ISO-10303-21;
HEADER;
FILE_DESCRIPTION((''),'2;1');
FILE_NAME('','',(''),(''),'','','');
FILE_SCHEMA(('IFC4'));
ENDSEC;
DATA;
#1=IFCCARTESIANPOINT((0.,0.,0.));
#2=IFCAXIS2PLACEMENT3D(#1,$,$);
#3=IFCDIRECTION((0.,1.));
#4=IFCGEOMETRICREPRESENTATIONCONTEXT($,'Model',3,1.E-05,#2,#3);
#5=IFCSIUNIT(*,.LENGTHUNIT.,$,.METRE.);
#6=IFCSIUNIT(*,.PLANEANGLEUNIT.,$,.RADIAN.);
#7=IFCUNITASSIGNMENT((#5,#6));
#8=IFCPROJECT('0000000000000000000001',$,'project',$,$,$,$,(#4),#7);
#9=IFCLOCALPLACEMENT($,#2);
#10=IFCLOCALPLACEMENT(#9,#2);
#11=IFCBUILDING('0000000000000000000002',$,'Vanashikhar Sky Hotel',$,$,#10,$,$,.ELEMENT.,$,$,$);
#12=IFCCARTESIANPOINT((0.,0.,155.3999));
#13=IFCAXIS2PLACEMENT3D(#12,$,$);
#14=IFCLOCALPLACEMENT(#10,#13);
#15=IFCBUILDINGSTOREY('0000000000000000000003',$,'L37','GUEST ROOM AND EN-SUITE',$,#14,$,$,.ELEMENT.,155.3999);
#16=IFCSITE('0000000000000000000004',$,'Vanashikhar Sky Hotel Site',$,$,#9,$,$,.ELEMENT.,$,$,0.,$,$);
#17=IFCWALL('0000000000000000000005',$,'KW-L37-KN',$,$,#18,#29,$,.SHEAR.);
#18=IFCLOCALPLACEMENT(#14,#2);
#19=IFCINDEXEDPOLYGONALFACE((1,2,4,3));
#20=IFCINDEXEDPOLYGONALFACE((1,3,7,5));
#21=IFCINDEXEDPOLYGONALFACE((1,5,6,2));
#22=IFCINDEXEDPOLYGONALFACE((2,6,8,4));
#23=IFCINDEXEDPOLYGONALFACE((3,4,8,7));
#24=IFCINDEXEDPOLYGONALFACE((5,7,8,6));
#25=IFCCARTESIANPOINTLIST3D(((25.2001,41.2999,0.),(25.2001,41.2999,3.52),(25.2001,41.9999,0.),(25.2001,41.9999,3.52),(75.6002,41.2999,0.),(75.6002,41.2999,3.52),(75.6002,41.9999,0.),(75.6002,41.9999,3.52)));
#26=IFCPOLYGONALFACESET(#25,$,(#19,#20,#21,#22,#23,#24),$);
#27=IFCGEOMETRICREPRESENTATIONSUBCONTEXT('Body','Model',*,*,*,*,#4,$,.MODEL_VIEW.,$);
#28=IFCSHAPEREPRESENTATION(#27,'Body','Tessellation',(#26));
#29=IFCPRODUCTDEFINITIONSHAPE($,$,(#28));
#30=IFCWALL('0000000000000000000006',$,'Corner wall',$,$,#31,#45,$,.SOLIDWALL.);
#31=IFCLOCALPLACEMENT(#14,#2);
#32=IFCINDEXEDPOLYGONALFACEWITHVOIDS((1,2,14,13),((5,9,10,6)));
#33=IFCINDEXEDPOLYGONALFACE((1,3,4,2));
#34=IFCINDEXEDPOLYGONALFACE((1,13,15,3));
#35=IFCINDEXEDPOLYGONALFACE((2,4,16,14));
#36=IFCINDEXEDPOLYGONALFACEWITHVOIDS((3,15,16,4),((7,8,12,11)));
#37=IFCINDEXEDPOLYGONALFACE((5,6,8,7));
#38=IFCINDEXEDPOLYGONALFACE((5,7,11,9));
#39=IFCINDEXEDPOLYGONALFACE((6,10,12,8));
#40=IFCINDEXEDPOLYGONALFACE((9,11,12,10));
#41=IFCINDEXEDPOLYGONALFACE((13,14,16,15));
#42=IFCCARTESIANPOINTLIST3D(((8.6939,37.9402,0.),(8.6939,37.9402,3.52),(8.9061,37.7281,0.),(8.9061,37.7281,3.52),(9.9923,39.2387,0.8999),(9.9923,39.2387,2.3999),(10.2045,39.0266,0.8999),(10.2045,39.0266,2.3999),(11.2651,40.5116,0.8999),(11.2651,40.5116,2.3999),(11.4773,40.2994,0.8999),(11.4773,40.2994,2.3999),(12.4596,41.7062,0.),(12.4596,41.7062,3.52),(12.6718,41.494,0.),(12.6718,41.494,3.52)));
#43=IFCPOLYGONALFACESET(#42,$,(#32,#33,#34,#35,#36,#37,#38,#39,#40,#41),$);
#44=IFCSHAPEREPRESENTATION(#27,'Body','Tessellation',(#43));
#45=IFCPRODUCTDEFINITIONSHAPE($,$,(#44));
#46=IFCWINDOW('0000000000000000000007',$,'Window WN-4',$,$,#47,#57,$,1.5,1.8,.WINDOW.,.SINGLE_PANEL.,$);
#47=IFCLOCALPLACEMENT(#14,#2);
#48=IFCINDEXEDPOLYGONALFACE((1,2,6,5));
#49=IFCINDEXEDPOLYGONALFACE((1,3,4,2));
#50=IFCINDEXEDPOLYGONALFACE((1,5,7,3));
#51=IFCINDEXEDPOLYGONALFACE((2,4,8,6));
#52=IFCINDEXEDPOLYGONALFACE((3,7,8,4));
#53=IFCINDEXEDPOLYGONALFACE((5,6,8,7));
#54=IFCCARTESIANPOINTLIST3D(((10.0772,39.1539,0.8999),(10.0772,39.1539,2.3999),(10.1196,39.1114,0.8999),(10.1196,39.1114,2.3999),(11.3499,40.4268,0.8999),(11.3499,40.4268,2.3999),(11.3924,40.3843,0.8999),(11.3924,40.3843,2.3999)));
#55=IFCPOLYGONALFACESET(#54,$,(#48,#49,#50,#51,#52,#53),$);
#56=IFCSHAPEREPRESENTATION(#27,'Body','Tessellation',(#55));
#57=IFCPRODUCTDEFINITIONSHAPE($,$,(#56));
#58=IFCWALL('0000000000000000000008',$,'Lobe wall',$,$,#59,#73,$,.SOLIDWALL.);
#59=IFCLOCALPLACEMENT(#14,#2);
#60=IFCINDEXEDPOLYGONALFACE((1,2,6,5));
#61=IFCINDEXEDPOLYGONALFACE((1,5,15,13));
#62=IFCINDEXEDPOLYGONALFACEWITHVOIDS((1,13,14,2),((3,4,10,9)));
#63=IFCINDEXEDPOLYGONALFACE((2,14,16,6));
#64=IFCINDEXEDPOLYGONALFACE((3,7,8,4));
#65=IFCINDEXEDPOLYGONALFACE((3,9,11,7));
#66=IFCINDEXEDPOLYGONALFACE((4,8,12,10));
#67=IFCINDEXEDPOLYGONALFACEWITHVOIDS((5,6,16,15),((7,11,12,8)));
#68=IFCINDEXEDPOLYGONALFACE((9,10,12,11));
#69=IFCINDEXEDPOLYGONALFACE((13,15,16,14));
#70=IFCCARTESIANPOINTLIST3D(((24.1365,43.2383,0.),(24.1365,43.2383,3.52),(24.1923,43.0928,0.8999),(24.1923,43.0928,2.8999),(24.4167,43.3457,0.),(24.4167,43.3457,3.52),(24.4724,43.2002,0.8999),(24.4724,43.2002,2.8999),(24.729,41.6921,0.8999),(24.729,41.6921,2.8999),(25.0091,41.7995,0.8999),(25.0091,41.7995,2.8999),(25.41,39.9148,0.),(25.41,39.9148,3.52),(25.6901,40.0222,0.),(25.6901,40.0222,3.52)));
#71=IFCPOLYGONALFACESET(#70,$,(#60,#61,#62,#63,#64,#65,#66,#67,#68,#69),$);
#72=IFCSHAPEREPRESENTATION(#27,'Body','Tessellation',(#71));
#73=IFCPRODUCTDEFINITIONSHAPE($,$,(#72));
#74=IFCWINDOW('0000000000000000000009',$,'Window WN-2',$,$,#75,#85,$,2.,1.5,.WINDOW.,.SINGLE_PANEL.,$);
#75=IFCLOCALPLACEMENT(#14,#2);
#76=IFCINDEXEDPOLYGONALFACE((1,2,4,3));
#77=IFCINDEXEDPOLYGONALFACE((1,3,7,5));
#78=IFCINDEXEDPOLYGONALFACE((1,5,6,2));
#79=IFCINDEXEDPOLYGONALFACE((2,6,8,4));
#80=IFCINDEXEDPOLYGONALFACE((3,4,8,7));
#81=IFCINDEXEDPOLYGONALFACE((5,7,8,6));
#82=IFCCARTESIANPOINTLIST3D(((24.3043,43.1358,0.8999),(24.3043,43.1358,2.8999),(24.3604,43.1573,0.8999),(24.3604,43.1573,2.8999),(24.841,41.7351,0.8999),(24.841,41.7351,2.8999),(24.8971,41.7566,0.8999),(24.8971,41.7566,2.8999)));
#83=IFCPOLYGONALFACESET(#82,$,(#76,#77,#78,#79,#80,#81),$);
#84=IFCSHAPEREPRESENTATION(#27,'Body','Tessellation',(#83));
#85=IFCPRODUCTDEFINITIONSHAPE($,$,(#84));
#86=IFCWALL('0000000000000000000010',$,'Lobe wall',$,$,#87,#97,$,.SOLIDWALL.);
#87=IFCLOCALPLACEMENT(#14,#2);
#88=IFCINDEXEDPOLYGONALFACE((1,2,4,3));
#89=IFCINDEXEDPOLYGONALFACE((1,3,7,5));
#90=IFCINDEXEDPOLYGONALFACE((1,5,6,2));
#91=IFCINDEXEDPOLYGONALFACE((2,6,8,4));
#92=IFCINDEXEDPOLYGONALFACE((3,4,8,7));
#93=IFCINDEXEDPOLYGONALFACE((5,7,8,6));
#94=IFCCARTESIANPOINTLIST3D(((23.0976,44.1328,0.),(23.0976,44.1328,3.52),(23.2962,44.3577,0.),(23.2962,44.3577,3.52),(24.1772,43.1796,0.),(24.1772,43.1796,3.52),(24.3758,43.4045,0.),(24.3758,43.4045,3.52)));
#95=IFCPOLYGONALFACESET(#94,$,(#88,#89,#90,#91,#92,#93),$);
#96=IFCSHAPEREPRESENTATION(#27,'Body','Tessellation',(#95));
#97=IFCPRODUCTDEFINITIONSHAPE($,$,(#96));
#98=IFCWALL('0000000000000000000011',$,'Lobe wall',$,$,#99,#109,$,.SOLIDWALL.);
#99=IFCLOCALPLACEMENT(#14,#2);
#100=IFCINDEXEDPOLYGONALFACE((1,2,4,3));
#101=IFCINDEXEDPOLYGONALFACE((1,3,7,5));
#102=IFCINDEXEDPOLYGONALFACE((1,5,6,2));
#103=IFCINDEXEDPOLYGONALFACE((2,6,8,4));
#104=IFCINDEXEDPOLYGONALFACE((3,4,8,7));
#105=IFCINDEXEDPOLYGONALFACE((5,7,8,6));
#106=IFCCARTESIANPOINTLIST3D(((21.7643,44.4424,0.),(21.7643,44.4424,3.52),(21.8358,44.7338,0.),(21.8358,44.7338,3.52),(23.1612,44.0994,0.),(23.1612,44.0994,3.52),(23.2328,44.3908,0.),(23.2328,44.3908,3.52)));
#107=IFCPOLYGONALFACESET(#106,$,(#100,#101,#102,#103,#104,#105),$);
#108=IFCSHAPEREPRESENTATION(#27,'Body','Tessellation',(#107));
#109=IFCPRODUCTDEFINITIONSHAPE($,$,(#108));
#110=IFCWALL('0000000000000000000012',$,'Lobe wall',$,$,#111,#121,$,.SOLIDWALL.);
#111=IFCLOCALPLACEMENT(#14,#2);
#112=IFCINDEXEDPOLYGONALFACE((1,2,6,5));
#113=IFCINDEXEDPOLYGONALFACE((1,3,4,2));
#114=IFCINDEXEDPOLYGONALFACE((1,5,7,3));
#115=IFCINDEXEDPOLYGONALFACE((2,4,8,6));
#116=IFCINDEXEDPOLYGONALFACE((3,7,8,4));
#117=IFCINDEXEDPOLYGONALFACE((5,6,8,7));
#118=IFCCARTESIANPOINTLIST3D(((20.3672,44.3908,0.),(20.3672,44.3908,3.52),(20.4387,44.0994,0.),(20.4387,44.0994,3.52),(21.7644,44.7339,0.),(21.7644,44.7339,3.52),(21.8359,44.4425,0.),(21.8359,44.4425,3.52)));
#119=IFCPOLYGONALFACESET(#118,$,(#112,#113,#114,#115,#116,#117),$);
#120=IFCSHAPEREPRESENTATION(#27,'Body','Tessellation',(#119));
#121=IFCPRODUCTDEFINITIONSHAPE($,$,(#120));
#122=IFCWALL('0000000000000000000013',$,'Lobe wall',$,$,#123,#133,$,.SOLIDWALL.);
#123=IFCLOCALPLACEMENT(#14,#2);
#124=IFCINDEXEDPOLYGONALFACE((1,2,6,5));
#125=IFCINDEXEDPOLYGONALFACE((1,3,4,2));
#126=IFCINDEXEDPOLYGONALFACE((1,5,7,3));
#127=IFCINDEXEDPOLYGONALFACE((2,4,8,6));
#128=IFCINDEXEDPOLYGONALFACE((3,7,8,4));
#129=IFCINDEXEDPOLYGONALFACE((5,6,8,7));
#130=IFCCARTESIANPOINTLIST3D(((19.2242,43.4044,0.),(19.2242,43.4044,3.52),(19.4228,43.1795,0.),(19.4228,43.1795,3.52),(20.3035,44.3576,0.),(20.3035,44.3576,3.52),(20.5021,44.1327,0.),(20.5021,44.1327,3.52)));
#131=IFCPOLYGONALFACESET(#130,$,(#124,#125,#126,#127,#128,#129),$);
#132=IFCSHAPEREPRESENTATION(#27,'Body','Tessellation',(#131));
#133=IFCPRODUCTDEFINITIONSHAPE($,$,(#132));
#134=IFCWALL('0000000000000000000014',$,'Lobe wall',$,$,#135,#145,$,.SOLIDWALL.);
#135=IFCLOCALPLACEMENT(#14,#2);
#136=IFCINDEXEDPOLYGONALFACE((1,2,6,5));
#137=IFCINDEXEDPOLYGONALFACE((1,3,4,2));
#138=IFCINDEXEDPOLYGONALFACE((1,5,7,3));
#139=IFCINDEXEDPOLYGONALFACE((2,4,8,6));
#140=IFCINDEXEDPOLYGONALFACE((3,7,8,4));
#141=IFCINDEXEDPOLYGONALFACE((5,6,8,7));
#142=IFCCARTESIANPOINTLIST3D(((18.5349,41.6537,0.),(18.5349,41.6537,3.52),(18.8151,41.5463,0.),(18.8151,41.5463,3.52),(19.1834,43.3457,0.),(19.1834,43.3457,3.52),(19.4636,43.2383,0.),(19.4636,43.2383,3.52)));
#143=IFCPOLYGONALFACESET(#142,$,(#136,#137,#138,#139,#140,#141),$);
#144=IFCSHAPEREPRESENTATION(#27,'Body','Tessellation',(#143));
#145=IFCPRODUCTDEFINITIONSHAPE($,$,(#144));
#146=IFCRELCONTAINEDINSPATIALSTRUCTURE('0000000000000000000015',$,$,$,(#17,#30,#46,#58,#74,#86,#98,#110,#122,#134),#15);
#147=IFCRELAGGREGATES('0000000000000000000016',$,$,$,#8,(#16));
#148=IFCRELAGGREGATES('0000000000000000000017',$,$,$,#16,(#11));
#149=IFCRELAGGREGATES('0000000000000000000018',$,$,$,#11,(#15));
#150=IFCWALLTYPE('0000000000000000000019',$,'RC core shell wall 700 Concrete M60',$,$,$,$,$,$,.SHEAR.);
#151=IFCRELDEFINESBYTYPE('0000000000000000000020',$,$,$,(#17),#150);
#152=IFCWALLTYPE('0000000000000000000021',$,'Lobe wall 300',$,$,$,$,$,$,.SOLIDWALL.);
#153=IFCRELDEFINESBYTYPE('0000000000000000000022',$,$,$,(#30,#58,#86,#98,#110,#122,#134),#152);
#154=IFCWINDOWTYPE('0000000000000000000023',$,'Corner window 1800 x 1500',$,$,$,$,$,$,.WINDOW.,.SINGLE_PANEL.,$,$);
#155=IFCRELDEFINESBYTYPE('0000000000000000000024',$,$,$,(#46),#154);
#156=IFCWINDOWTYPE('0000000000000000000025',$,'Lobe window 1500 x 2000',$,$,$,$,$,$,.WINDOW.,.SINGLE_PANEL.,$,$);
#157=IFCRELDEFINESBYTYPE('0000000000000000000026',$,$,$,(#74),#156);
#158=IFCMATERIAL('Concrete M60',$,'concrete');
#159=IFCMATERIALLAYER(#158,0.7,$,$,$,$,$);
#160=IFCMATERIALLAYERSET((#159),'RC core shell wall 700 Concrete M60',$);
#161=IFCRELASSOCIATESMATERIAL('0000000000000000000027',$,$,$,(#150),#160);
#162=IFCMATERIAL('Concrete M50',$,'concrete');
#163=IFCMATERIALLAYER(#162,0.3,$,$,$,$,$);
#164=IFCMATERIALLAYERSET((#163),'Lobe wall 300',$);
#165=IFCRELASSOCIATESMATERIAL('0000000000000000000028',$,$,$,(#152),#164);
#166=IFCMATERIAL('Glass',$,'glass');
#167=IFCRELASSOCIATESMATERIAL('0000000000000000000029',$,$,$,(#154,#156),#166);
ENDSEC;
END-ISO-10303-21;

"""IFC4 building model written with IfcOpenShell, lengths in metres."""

from ifc_helpers import new_model, si_unit, direction, frame, frame_2d, origin, place, context, subcontext, project, spatial, rectangle, extrude, source, transform, mapped, material, layer, layer_set, type_object, element, fill, save


model = new_model("IFC4")

# Units and contexts
model_context = context("Model", 3, precision=1e-05, world=origin(), true_north=direction((0.0, 1.0)))
body_context = subcontext(model_context, "Body", "Model", "MODEL_VIEW")
ifc_project = project(units=[si_unit("LENGTHUNIT", "METRE"), si_unit("PLANEANGLEUNIT", "RADIAN")], contexts=[model_context])

# Site, building, storey
site_placement = place(None, origin())
site = spatial("IfcSite", under=ifc_project, at=site_placement, Name="Vanashikhar Sky Hotel Site", CompositionType="ELEMENT", RefElevation=0.0)
building_placement = place(site_placement, origin())
building = spatial("IfcBuilding", under=site, at=building_placement, Name="Vanashikhar Sky Hotel", CompositionType="ELEMENT")
storey_placement = place(building_placement, frame((0.0, 0.0, 155.3999)))
storey = spatial("IfcBuildingStorey", under=building, at=storey_placement, Name="L37", Description="GUEST ROOM AND EN-SUITE", CompositionType="ELEMENT", Elevation=155.3999)

# Wall
ifc_material_1 = material(Name="Concrete M60", Category="concrete")
ifc_layer_1 = layer(ifc_material_1, 0.7)
ifc_layer_set_1 = layer_set([ifc_layer_1], Name="RC core shell wall 700 Concrete M60")
wall_type_1 = type_object("IfcWallType", Name="RC core shell wall 700 Concrete M60", PredefinedType="SHEAR", material=ifc_layer_set_1)
shared_shape_1 = source(origin(), body_context, "Body", "SweptSolid", [
    extrude(rectangle(XDim=50.4001, YDim=0.7, at=frame_2d((25.2002, 0.0))), origin(), (0.0, 0.0, 1.0), 3.52),
])
wall_1_placement = place(storey_placement, frame((25.2, 41.6499, 0.0), z_axis=(0.0, 0.0, 1.0), x_axis=(1.0, 0.0, 0.0)))
element("IfcWall", 1, at=wall_1_placement, inside=storey, type_object=wall_type_1, Name="KW-L37-KN", PredefinedType="SHEAR", context=body_context, shape_type="MappedRepresentation", body=[
    mapped(shared_shape_1, transform((0.0, 0.0, 0.0), scale=1.0)),
])

# Walls, openings, windows
ifc_material_2 = material(Name="Concrete M50", Category="concrete")
ifc_layer_2 = layer(ifc_material_2, 0.3)
ifc_layer_set_2 = layer_set([ifc_layer_2], Name="Lobe wall 300")
wall_type_2 = type_object("IfcWallType", Name="Lobe wall 300", PredefinedType="SOLIDWALL", material=ifc_layer_set_2)
shared_shape_2 = source(origin(), body_context, "Body", "SweptSolid", [
    extrude(rectangle(XDim=5.3257, YDim=0.3, at=frame_2d((2.6628, 0.0))), origin(), (0.0, 0.0, 1.0), 3.52),
])
wall_2_placement = place(storey_placement, frame((12.5657, 41.6001, 0.0), z_axis=(0.0, 0.0, 1.0), x_axis=(-0.707084, -0.70713, 0.0)))
wall_2 = element("IfcWall", 2, at=wall_2_placement, inside=storey, type_object=wall_type_2, Name="Corner wall", PredefinedType="SOLIDWALL", context=body_context, shape_type="MappedRepresentation", body=[
    mapped(shared_shape_2, transform((0.0, 0.0, 0.0), scale=1.0)),
])
shared_shape_3 = source(origin(), body_context, "Body", "SweptSolid", [
    extrude(rectangle(XDim=1.8, YDim=1.5, at=frame_2d((0.8999, 0.75))), frame((0.0, 0.1602, 0.0), z_axis=(0.0, -1.0, 0.0), x_axis=(1.0, 0.0, 0.0)), (0.0, 0.0, 1.0), 0.3201),
])
opening_1_placement = place(wall_2_placement, frame((1.6895, 0.0, 0.8999)))
opening_1 = element("IfcOpeningElement", 3, at=opening_1_placement, cuts=wall_2, PredefinedType="OPENING", context=body_context, shape_type="MappedRepresentation", body=[
    mapped(shared_shape_3, transform((0.0, 0.0, 0.0), scale=1.0)),
])
ifc_material_3 = material(Name="Glass", Category="glass")
window_type_1 = type_object("IfcWindowType", Name="Corner window 1800 x 1500", PartitioningType="SINGLE_PANEL", PredefinedType="WINDOW", material=ifc_material_3)
shared_shape_4 = source(origin(), body_context, "Body", "SweptSolid", [
    extrude(rectangle(XDim=1.8, YDim=1.5, at=frame_2d((0.8999, 0.75))), frame((0.0, 0.03, 0.0), z_axis=(0.0, -1.0, 0.0), x_axis=(1.0, 0.0, 0.0)), (0.0, 0.0, 1.0), 0.0601),
])
window_1_placement = place(opening_1_placement, origin())
window_1 = element("IfcWindow", 4, at=window_1_placement, inside=storey, type_object=window_type_1, Name="Window WN-4", OverallHeight=1.5, OverallWidth=1.8, PartitioningType="SINGLE_PANEL", PredefinedType="WINDOW", context=body_context, shape_type="MappedRepresentation", body=[
    mapped(shared_shape_4, transform((0.0, 0.0, 0.0), scale=1.0)),
])
fill(opening_1, window_1)
shared_shape_5 = source(origin(), body_context, "Body", "SweptSolid", [
    extrude(rectangle(XDim=3.5591, YDim=0.3, at=frame_2d((1.7795, 0.0))), origin(), (0.0, 0.0, 1.0), 3.52),
])
wall_3_placement = place(storey_placement, frame((25.55, 39.9685, 0.0), z_axis=(0.0, 0.0, 1.0), x_axis=(-0.357797, 0.933799, 0.0)))
wall_3 = element("IfcWall", 5, at=wall_3_placement, inside=storey, type_object=wall_type_2, Name="Lobe wall", PredefinedType="SOLIDWALL", context=body_context, shape_type="MappedRepresentation", body=[
    mapped(shared_shape_5, transform((0.0, 0.0, 0.0), scale=1.0)),
])
shared_shape_6 = source(origin(), body_context, "Body", "SweptSolid", [
    extrude(rectangle(XDim=1.5, YDim=2.0, at=frame_2d((0.75, 1.0))), frame((0.0, 0.1602, 0.0), z_axis=(0.0, -1.0, 0.0), x_axis=(1.0, 0.0, 0.0)), (0.0, 0.0, 1.0), 0.3201),
])
opening_2_placement = place(wall_3_placement, frame((1.9033, 0.0, 0.8999)))
opening_2 = element("IfcOpeningElement", 6, at=opening_2_placement, cuts=wall_3, PredefinedType="OPENING", context=body_context, shape_type="MappedRepresentation", body=[
    mapped(shared_shape_6, transform((0.0, 0.0, 0.0), scale=1.0)),
])
window_type_2 = type_object("IfcWindowType", Name="Lobe window 1500 x 2000", PartitioningType="SINGLE_PANEL", PredefinedType="WINDOW", material=ifc_material_3)
shared_shape_7 = source(origin(), body_context, "Body", "SweptSolid", [
    extrude(rectangle(XDim=1.5, YDim=2.0, at=frame_2d((0.75, 1.0))), frame((0.0, 0.03, 0.0), z_axis=(0.0, -1.0, 0.0), x_axis=(1.0, 0.0, 0.0)), (0.0, 0.0, 1.0), 0.0601),
])
window_2_placement = place(opening_2_placement, origin())
window_2 = element("IfcWindow", 7, at=window_2_placement, inside=storey, type_object=window_type_2, Name="Window WN-2", OverallHeight=2.0, OverallWidth=1.5, PartitioningType="SINGLE_PANEL", PredefinedType="WINDOW", context=body_context, shape_type="MappedRepresentation", body=[
    mapped(shared_shape_7, transform((0.0, 0.0, 0.0), scale=1.0)),
])
fill(opening_2, window_2)

# Walls
shared_shape_8 = source(origin(), body_context, "Body", "SweptSolid", [
    extrude(rectangle(XDim=1.4402, YDim=0.3, at=frame_2d((0.7202, 0.0))), origin(), (0.0, 0.0, 1.0), 3.52),
])
wall_4_placement = place(storey_placement, frame((24.2766, 43.292, 0.0), z_axis=(0.0, 0.0, 1.0), x_axis=(-0.74965, 0.661835, 0.0)))
element("IfcWall", 8, at=wall_4_placement, inside=storey, type_object=wall_type_2, Name="Lobe wall", PredefinedType="SOLIDWALL", context=body_context, shape_type="MappedRepresentation", body=[
    mapped(shared_shape_8, transform((0.0, 0.0, 0.0), scale=1.0)),
])
shared_shape_9 = source(origin(), body_context, "Body", "SweptSolid", [
    extrude(rectangle(XDim=1.4385, YDim=0.3, at=frame_2d((0.7192, 0.0))), origin(), (0.0, 0.0, 1.0), 3.52),
])
wall_5_placement = place(storey_placement, frame((23.197, 44.2451, 0.0), z_axis=(0.0, 0.0, 1.0), x_axis=(-0.971152, 0.23846, 0.0)))
element("IfcWall", 9, at=wall_5_placement, inside=storey, type_object=wall_type_2, Name="Lobe wall", PredefinedType="SOLIDWALL", context=body_context, shape_type="MappedRepresentation", body=[
    mapped(shared_shape_9, transform((0.0, 0.0, 0.0), scale=1.0)),
])
shared_shape_10 = source(origin(), body_context, "Body", "SweptSolid", [
    extrude(rectangle(XDim=1.4387, YDim=0.3, at=frame_2d((0.7192, 0.0))), origin(), (0.0, 0.0, 1.0), 3.52),
])
wall_6_placement = place(storey_placement, frame((21.8, 44.5881, 0.0), z_axis=(0.0, 0.0, 1.0), x_axis=(-0.971162, -0.238421, 0.0)))
element("IfcWall", 10, at=wall_6_placement, inside=storey, type_object=wall_type_2, Name="Lobe wall", PredefinedType="SOLIDWALL", context=body_context, shape_type="MappedRepresentation", body=[
    mapped(shared_shape_10, transform((0.0, 0.0, 0.0), scale=1.0)),
])
shared_shape_11 = source(origin(), body_context, "Body", "SweptSolid", [
    extrude(rectangle(XDim=1.4399, YDim=0.3, at=frame_2d((0.72, 0.0))), origin(), (0.0, 0.0, 1.0), 3.52),
])
wall_7_placement = place(storey_placement, frame((20.4028, 44.2451, 0.0), z_axis=(0.0, 0.0, 1.0), x_axis=(-0.749576, -0.661919, 0.0)))
element("IfcWall", 11, at=wall_7_placement, inside=storey, type_object=wall_type_2, Name="Lobe wall", PredefinedType="SOLIDWALL", context=body_context, shape_type="MappedRepresentation", body=[
    mapped(shared_shape_11, transform((0.0, 0.0, 0.0), scale=1.0)),
])
shared_shape_12 = source(origin(), body_context, "Body", "SweptSolid", [
    extrude(rectangle(XDim=1.812, YDim=0.3, at=frame_2d((0.906, 0.0))), origin(), (0.0, 0.0, 1.0), 3.52),
])
wall_8_placement = place(storey_placement, frame((19.3235, 43.292, 0.0), z_axis=(0.0, 0.0, 1.0), x_axis=(-0.357877, -0.933769, 0.0)))
element("IfcWall", 12, at=wall_8_placement, inside=storey, type_object=wall_type_2, Name="Lobe wall", PredefinedType="SOLIDWALL", context=body_context, shape_type="MappedRepresentation", body=[
    mapped(shared_shape_12, transform((0.0, 0.0, 0.0), scale=1.0)),
])

save(model, "model.ifc")
